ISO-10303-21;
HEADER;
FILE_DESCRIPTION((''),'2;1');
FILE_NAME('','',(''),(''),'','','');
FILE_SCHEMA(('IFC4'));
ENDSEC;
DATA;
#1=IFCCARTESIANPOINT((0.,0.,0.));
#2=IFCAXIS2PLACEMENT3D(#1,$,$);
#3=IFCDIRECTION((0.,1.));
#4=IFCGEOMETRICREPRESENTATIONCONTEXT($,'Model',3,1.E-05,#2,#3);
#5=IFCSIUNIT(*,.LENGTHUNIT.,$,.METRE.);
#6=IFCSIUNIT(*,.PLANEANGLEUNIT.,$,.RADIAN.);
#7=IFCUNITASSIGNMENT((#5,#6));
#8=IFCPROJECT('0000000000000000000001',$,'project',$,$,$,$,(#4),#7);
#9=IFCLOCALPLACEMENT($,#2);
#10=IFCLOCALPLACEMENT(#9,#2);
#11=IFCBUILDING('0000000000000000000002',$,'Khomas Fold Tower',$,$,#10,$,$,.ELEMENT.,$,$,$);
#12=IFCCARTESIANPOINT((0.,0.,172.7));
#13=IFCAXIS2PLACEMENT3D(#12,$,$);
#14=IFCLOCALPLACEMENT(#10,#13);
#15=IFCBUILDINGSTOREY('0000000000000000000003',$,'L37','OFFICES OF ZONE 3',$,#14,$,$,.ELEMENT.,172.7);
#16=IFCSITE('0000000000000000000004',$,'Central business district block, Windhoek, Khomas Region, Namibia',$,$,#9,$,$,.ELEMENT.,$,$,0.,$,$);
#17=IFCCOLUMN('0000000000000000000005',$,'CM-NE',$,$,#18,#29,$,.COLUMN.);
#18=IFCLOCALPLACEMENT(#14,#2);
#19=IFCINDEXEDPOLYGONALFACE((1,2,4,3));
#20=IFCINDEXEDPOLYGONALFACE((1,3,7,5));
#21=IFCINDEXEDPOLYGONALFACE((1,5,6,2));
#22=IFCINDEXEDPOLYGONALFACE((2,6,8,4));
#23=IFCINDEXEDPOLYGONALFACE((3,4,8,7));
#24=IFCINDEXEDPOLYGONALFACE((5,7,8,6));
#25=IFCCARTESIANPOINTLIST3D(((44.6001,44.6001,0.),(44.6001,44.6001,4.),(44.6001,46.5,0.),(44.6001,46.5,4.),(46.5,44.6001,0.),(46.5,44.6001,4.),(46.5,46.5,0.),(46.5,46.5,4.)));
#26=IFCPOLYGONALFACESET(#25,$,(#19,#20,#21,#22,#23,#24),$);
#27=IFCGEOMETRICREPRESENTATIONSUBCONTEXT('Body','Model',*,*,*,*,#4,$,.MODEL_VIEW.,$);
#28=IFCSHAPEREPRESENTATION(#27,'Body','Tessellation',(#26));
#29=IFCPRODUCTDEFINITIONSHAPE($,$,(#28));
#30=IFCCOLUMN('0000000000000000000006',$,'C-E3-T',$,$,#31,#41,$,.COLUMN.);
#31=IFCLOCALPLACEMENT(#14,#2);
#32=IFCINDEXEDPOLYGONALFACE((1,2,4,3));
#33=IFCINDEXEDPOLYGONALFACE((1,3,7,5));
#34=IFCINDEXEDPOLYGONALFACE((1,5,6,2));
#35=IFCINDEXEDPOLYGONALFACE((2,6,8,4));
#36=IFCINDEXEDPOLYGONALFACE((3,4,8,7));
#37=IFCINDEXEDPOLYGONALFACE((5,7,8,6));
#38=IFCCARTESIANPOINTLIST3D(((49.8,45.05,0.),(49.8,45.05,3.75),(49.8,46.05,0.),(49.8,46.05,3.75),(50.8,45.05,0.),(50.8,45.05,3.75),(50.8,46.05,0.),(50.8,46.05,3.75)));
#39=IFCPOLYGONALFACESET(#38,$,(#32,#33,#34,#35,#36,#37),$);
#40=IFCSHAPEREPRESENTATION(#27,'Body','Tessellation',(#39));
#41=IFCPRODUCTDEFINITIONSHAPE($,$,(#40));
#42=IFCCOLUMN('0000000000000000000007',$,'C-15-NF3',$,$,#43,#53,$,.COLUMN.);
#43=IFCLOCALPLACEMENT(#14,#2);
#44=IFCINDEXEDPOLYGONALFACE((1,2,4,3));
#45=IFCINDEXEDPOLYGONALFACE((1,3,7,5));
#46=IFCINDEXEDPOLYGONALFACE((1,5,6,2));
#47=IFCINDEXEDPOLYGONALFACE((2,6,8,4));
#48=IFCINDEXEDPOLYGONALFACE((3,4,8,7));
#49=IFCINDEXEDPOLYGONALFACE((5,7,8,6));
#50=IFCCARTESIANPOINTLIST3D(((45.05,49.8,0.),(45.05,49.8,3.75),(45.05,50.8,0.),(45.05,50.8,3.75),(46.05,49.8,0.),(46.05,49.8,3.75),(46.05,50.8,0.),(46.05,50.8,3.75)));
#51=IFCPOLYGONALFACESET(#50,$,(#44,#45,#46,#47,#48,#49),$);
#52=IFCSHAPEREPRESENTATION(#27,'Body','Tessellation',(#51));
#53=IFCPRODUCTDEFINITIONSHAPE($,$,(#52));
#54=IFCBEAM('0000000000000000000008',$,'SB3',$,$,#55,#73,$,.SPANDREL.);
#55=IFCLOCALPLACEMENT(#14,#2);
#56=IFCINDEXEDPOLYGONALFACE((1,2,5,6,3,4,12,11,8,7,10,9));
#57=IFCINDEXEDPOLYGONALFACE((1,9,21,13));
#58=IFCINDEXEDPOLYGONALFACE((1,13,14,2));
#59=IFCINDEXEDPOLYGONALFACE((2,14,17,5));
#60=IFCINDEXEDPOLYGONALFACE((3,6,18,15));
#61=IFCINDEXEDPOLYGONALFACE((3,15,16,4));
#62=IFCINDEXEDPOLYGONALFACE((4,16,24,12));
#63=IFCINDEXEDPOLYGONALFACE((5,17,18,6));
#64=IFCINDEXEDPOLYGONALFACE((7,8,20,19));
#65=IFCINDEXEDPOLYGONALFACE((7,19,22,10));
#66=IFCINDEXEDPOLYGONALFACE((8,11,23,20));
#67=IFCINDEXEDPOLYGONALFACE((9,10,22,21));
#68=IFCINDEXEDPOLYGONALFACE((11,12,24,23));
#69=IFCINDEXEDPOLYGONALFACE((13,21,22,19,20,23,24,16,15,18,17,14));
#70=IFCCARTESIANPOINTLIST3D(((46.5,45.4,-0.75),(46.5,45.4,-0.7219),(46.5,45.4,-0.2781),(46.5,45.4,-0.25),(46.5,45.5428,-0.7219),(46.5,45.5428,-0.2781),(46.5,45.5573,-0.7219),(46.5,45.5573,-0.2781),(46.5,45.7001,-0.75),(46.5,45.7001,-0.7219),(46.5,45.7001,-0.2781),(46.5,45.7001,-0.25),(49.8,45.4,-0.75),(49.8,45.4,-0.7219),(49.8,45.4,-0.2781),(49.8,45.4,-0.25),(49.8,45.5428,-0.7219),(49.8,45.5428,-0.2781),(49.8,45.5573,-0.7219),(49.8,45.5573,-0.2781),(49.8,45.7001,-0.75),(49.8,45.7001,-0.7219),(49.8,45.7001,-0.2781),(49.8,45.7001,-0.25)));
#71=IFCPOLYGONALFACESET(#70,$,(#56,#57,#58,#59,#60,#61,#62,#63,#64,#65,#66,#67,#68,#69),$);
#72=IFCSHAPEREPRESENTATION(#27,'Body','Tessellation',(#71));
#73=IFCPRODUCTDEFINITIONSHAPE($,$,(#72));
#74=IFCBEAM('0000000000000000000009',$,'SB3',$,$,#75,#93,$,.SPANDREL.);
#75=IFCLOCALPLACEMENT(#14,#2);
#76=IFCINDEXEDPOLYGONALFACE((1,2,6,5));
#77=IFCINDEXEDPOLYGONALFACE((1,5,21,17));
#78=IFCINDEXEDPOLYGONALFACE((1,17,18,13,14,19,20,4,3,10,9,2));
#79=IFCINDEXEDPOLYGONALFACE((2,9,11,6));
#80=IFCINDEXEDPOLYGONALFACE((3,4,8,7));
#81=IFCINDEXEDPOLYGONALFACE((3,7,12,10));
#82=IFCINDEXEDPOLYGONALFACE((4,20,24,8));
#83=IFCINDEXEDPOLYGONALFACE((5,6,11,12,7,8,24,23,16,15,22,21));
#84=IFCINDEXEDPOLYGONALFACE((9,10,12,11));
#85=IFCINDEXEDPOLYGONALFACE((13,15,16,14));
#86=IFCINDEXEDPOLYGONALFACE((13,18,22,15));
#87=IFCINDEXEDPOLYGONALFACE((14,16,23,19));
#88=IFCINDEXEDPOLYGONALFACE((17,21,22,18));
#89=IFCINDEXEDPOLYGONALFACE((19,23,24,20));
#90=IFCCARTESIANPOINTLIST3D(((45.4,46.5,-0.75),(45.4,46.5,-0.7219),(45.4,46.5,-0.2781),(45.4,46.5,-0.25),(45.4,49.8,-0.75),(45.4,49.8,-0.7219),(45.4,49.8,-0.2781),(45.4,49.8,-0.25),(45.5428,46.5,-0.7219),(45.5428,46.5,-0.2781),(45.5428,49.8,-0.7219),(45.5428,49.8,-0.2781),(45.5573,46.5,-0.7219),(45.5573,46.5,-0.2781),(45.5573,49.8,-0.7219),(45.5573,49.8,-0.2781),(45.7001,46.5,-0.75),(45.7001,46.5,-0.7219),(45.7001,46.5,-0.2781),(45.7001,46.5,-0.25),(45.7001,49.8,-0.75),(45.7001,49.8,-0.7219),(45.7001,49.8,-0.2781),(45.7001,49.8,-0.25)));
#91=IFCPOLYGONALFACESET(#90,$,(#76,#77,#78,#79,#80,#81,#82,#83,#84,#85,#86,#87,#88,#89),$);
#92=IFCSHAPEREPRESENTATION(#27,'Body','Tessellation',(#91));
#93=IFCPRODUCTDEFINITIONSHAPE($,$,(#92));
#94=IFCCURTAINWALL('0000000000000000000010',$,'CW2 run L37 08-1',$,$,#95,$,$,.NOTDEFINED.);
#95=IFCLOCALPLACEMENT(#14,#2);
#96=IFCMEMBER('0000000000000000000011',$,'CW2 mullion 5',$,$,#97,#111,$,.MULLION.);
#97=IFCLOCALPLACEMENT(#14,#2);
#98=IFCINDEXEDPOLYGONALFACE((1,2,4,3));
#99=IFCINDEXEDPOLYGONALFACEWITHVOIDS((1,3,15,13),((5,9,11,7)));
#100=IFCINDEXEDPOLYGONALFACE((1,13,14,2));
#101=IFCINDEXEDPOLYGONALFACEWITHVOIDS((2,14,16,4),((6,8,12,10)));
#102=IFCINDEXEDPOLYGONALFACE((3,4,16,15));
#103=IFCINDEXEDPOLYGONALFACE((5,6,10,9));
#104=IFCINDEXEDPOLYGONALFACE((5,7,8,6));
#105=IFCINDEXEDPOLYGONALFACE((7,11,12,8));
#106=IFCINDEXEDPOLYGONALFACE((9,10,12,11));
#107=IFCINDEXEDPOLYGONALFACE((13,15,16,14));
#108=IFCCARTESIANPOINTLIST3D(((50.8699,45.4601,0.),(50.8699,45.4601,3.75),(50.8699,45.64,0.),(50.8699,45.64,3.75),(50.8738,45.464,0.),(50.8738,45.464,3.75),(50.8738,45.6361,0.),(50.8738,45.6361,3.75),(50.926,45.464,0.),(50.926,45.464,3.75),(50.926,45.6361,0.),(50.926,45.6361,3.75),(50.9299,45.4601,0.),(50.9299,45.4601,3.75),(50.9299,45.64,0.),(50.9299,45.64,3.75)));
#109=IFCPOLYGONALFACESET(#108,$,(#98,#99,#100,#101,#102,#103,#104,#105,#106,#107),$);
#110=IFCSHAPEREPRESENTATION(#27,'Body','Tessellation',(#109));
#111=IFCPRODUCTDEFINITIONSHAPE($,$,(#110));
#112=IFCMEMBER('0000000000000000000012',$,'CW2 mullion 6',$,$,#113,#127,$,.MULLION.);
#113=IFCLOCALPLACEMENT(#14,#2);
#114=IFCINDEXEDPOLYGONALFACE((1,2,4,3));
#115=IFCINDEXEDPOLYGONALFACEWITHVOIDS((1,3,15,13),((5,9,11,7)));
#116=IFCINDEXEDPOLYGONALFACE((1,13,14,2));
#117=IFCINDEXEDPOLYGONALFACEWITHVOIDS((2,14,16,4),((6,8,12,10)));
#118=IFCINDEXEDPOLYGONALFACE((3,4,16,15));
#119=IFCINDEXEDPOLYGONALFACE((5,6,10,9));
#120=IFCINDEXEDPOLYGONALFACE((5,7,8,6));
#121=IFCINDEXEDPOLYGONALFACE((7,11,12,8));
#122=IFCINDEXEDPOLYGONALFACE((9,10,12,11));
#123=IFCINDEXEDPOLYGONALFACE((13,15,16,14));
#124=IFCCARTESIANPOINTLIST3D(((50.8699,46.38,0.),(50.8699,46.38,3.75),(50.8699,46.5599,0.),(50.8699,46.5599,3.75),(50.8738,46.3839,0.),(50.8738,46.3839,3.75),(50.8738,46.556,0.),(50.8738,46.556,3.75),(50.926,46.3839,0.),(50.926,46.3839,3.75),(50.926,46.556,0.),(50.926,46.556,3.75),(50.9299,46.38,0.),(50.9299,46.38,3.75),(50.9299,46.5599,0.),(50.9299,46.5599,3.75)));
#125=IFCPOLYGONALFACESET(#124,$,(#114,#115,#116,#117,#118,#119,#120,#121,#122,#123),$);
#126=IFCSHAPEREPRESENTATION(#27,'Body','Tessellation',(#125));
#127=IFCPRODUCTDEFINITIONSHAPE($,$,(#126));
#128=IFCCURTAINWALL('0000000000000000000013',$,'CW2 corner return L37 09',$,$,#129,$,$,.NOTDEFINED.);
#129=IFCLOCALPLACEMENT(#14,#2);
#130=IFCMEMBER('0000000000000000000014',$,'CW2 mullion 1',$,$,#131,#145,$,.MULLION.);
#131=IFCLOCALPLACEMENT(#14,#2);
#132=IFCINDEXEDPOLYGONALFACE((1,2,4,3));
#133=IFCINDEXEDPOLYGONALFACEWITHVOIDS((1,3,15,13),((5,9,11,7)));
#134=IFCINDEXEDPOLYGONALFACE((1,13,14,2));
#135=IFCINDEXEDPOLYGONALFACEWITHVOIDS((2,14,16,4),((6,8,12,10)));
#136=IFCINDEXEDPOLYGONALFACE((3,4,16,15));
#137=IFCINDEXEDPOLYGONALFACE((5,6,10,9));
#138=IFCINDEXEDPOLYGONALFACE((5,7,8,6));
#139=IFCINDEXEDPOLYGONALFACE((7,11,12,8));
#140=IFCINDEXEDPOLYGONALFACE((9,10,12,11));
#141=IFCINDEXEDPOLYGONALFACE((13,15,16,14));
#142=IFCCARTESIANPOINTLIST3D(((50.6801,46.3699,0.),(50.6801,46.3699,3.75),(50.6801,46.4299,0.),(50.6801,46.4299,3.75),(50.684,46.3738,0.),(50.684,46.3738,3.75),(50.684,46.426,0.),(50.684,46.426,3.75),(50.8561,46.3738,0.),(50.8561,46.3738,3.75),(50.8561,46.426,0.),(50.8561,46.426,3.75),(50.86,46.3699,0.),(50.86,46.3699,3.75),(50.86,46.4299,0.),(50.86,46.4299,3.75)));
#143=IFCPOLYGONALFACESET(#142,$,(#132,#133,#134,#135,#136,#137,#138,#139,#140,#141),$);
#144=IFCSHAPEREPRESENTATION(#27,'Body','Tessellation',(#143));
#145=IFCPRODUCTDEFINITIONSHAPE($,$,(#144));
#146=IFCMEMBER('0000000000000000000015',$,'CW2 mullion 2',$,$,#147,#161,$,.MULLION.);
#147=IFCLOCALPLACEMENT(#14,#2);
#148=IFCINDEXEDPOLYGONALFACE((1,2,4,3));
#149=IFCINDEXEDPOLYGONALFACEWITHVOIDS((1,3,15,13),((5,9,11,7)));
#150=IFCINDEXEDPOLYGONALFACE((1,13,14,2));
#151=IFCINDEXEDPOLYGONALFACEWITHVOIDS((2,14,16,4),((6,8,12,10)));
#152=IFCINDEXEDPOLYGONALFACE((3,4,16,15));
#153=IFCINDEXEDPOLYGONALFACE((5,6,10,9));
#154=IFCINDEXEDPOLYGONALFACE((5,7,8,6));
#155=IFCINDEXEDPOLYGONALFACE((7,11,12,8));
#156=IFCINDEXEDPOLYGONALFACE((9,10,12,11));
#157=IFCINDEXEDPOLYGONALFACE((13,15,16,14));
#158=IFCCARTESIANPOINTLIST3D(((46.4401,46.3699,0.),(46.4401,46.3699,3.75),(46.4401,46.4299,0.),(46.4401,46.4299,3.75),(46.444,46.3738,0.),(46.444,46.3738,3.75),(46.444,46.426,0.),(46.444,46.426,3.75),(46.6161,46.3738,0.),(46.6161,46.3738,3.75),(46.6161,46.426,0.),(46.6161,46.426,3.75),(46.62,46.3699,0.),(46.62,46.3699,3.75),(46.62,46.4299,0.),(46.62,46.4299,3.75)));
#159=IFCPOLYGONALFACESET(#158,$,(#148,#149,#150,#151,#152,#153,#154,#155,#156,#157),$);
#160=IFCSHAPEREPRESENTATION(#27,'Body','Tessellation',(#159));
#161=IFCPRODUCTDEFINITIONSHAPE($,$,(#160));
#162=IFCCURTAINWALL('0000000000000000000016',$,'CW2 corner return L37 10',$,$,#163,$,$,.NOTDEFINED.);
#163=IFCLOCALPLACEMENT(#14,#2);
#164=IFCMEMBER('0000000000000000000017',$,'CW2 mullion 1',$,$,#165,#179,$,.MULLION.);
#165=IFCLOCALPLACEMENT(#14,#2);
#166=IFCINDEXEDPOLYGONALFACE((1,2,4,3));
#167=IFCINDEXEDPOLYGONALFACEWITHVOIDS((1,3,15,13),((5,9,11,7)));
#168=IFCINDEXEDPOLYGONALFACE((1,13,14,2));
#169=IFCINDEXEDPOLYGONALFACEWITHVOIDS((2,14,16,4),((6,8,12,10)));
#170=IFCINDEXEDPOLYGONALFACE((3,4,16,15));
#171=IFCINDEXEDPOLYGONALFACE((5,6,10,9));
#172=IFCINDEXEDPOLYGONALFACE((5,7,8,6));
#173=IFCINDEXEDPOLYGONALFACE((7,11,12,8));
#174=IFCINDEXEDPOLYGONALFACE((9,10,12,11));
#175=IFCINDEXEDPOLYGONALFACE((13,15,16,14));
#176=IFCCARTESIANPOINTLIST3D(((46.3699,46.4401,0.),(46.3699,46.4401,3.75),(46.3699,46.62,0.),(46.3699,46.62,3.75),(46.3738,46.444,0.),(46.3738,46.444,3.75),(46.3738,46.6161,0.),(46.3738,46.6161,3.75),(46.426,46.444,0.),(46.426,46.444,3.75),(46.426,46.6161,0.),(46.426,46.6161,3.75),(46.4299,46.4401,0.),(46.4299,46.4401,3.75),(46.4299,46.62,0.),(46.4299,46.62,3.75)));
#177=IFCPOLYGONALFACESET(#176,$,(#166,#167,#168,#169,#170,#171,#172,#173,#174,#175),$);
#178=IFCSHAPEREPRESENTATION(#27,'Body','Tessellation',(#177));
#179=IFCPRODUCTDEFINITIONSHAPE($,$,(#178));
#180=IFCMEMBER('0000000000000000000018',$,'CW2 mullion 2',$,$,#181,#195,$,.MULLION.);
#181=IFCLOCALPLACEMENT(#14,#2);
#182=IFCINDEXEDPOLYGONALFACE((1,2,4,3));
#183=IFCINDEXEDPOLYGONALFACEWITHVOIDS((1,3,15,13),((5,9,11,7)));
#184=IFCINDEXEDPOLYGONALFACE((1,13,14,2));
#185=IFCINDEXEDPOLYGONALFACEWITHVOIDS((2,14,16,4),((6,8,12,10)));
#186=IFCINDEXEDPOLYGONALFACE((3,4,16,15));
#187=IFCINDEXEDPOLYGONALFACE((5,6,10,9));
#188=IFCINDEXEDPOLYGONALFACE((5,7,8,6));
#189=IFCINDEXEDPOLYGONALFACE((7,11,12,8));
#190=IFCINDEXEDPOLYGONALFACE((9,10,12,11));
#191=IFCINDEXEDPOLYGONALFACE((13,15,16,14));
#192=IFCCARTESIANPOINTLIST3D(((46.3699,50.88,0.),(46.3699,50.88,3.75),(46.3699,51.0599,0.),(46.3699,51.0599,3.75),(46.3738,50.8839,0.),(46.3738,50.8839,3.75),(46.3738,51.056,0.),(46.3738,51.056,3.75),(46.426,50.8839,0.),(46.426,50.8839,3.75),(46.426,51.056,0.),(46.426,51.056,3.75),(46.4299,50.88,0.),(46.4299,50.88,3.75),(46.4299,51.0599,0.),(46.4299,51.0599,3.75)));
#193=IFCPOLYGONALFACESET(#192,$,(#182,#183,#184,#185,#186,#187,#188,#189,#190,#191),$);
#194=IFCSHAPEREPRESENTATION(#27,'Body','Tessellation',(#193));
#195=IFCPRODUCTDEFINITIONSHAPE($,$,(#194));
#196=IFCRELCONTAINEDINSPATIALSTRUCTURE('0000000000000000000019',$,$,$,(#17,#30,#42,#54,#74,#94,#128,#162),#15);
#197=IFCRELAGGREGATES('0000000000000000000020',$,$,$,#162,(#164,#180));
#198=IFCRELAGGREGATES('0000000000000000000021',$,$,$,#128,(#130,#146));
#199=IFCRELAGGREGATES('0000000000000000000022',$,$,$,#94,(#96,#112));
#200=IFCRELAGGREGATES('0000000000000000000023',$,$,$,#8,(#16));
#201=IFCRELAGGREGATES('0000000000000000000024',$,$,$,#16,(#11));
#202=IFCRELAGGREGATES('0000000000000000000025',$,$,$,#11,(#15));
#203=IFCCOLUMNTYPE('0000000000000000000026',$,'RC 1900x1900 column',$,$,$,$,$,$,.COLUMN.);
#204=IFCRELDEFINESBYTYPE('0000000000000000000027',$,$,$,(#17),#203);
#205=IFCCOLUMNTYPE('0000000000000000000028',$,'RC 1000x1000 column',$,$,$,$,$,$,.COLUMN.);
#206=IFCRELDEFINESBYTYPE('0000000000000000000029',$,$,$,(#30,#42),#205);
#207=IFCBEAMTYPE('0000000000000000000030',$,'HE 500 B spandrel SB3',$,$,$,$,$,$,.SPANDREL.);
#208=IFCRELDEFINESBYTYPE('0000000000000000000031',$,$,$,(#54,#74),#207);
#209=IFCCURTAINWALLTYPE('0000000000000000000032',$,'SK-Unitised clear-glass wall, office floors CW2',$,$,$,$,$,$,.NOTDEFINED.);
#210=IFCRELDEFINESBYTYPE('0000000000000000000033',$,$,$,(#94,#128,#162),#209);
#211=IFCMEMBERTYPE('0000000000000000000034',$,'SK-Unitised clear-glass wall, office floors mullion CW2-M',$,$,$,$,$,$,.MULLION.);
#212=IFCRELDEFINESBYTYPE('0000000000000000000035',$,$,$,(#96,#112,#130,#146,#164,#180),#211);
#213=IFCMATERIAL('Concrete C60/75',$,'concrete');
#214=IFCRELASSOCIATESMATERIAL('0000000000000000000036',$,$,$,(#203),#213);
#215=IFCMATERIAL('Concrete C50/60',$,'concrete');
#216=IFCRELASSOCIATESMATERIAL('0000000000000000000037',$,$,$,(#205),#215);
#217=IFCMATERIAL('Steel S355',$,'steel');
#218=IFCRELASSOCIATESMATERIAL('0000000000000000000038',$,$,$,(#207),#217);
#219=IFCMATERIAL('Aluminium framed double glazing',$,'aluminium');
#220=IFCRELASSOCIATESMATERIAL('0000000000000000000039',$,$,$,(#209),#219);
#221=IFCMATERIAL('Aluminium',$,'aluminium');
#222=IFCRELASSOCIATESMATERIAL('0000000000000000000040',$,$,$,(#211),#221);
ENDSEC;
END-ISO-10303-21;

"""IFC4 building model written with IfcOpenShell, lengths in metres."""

from ifc_helpers import new_model, si_unit, direction, frame, origin, origin_2d, place, context, subcontext, project, spatial, rectangle, hollow_rectangle, i_section, extrude, source, transform, mapped, material, material_profile, profile_set, type_object, element, aggregate, save


model = new_model("IFC4")

# Units and contexts
model_context = context("Model", 3, precision=1e-05, world=origin(), true_north=direction((0.0, 1.0)))
body_context = subcontext(model_context, "Body", "Model", "MODEL_VIEW")
ifc_project = project(units=[si_unit("LENGTHUNIT", "METRE"), si_unit("PLANEANGLEUNIT", "RADIAN")], contexts=[model_context])

# Site, building, storey
site_placement = place(None, origin())
site = spatial("IfcSite", under=ifc_project, at=site_placement, Name="Central business district block, Windhoek, Khomas Region, Namibia", CompositionType="ELEMENT", RefElevation=0.0)
building_placement = place(site_placement, origin())
building = spatial("IfcBuilding", under=site, at=building_placement, Name="Khomas Fold Tower", CompositionType="ELEMENT")
storey_placement = place(building_placement, frame((0.0, 0.0, 172.7)))
storey = spatial("IfcBuildingStorey", under=building, at=storey_placement, Name="L37", Description="OFFICES OF ZONE 3", CompositionType="ELEMENT", Elevation=172.7)

# Columns
ifc_material_1 = material(Name="Concrete C60/75", Category="concrete")
ifc_material_profile_1 = material_profile(ifc_material_1, rectangle(XDim=1.8999, YDim=1.8999, at=origin_2d()), Name="RC 1900x1900")
ifc_profile_set_1 = profile_set([ifc_material_profile_1], Name="Concrete C60/75")
column_type_1 = type_object("IfcColumnType", Name="RC 1900x1900 column", PredefinedType="COLUMN", material=ifc_profile_set_1)
shared_shape_1 = source(origin(), body_context, "Body", "SweptSolid", [
    extrude(rectangle(XDim=1.8999, YDim=1.8999, at=origin_2d()), origin(), (0.0, 0.0, 1.0), 4.0),
])
column_placement = place(storey_placement, frame((45.55, 45.55, 0.0), z_axis=(0.0, 0.0, 1.0), x_axis=(1.0, 0.0, 0.0)))
element("IfcColumn", 1, at=column_placement, inside=storey, type_object=column_type_1, Name="CM-NE", PredefinedType="COLUMN", context=body_context, shape_type="MappedRepresentation", body=[
    mapped(shared_shape_1, transform((0.0, 0.0, 0.0))),
])
ifc_material_2 = material(Name="Concrete C50/60", Category="concrete")
ifc_material_profile_2 = material_profile(ifc_material_2, rectangle(XDim=1.0, YDim=1.0, at=origin_2d()), Name="RC 1000x1000")
ifc_profile_set_2 = profile_set([ifc_material_profile_2], Name="Concrete C50/60")
column_type_2 = type_object("IfcColumnType", Name="RC 1000x1000 column", PredefinedType="COLUMN", material=ifc_profile_set_2)
shared_shape_2 = source(origin(), body_context, "Body", "SweptSolid", [
    extrude(rectangle(XDim=1.0, YDim=1.0, at=origin_2d()), origin(), (0.0, 0.0, 1.0), 3.75),
])
for number, where, z_axis, x_axis, name in (
    (2, (50.3, 45.55, 0.0), (0.0, 0.0, 1.0), (1.0, 0.0, 0.0), "C-E3-T"),
    (3, (45.55, 50.3, 0.0), (0.0, 0.0, 1.0), (1.0, 0.0, 0.0), "C-15-NF3"),
):
    element("IfcColumn", number, at=place(storey_placement, frame(where, z_axis=z_axis, x_axis=x_axis)), inside=storey, type_object=column_type_2, Name=name, PredefinedType="COLUMN", context=body_context, shape_type="MappedRepresentation", body=[
        mapped(shared_shape_2, transform((0.0, 0.0, 0.0))),
    ])

# Beams
ifc_material_3 = material(Name="Steel S355", Category="steel")
ifc_material_profile_3 = material_profile(ifc_material_3, i_section(OverallWidth=0.3, OverallDepth=0.5, WebThickness=0.0144, FlangeThickness=0.0281, at=origin_2d()), Name="HE 500 B")
ifc_profile_set_3 = profile_set([ifc_material_profile_3], Name="Steel S355")
beam_type = type_object("IfcBeamType", Name="HE 500 B spandrel SB3", PredefinedType="SPANDREL", material=ifc_profile_set_3)
shared_shape_3 = source(origin(), body_context, "Body", "SweptSolid", [
    extrude(i_section(OverallWidth=0.3, OverallDepth=0.5, WebThickness=0.0144, FlangeThickness=0.0281, at=origin_2d()), origin(), (0.0, 0.0, 1.0), 3.3),
])
for number, where, z_axis, x_axis, name in (
    (4, (46.5, 45.55, -0.5), (1.0, 0.0, 0.0), (0.0, 1.0, 0.0), "SB3"),
    (5, (45.55, 46.5, -0.5), (0.0, 1.0, 0.0), (-1.0, 0.0, 0.0), "SB3"),
):
    element("IfcBeam", number, at=place(storey_placement, frame(where, z_axis=z_axis, x_axis=x_axis)), inside=storey, type_object=beam_type, Name=name, PredefinedType="SPANDREL", context=body_context, shape_type="MappedRepresentation", body=[
        mapped(shared_shape_3, transform((0.0, 0.0, 0.0))),
    ])

# Curtain walls, members
ifc_material_4 = material(Name="Aluminium framed double glazing", Category="aluminium")
curtain_wall_type_1 = type_object("IfcCurtainWallType", Name="SK-Unitised clear-glass wall, office floors CW2", PredefinedType="NOTDEFINED", material=ifc_material_4)
curtain_wall_1_placement = place(storey_placement, origin())
curtain_wall_1 = element("IfcCurtainWall", 6, at=curtain_wall_1_placement, inside=storey, type_object=curtain_wall_type_1, Name="CW2 run L37 08-1", PredefinedType="NOTDEFINED")
ifc_material_5 = material(Name="Aluminium", Category="aluminium")
ifc_material_profile_4 = material_profile(ifc_material_5, hollow_rectangle(XDim=0.0601, YDim=0.1799, WallThickness=0.0039, at=origin_2d()), Name="SK-Unitised clear-glass wall, office floors mullion CW2-M")
ifc_profile_set_4 = profile_set([ifc_material_profile_4], Name="Aluminium")
member_type_1 = type_object("IfcMemberType", Name="SK-Unitised clear-glass wall, office floors mullion CW2-M", PredefinedType="MULLION", material=ifc_profile_set_4)
shared_shape_4 = source(origin(), body_context, "Body", "SweptSolid", [
    extrude(hollow_rectangle(XDim=0.0601, YDim=0.1799, WallThickness=0.0039, at=origin_2d()), origin(), (0.0, 0.0, 1.0), 3.75),
])
member_1_placement = place(storey_placement, frame((50.8999, 45.55, 0.0), z_axis=(0.0, 0.0, 1.0), x_axis=(-1.0, 0.0, 0.0)))
member_1 = element("IfcMember", 7, at=member_1_placement, type_object=member_type_1, Name="CW2 mullion 5", PredefinedType="MULLION", context=body_context, shape_type="MappedRepresentation", body=[
    mapped(shared_shape_4, transform((0.0, 0.0, 0.0))),
])
member_2_placement = place(storey_placement, frame((50.8999, 46.47, 0.0), z_axis=(0.0, 0.0, 1.0), x_axis=(-1.0, 0.0, 0.0)))
member_2 = element("IfcMember", 8, at=member_2_placement, type_object=member_type_1, Name="CW2 mullion 6", PredefinedType="MULLION", context=body_context, shape_type="MappedRepresentation", body=[
    mapped(shared_shape_4, transform((0.0, 0.0, 0.0))),
])
curtain_wall_2_placement = place(storey_placement, origin())
curtain_wall_2 = element("IfcCurtainWall", 9, at=curtain_wall_2_placement, inside=storey, type_object=curtain_wall_type_1, Name="CW2 corner return L37 09", PredefinedType="NOTDEFINED")
member_3_placement = place(storey_placement, frame((50.77, 46.3999, 0.0), z_axis=(0.0, 0.0, 1.0), x_axis=(0.0, -1.0, 0.0)))
member_3 = element("IfcMember", 10, at=member_3_placement, type_object=member_type_1, Name="CW2 mullion 1", PredefinedType="MULLION", context=body_context, shape_type="MappedRepresentation", body=[
    mapped(shared_shape_4, transform((0.0, 0.0, 0.0))),
])
member_4_placement = place(storey_placement, frame((46.53, 46.3999, 0.0), z_axis=(0.0, 0.0, 1.0), x_axis=(0.0, -1.0, 0.0)))
member_4 = element("IfcMember", 11, at=member_4_placement, type_object=member_type_1, Name="CW2 mullion 2", PredefinedType="MULLION", context=body_context, shape_type="MappedRepresentation", body=[
    mapped(shared_shape_4, transform((0.0, 0.0, 0.0))),
])
curtain_wall_3_placement = place(storey_placement, origin())
curtain_wall_3 = element("IfcCurtainWall", 12, at=curtain_wall_3_placement, inside=storey, type_object=curtain_wall_type_1, Name="CW2 corner return L37 10", PredefinedType="NOTDEFINED")
member_5_placement = place(storey_placement, frame((46.3999, 46.53, 0.0), z_axis=(0.0, 0.0, 1.0), x_axis=(-1.0, 0.0, 0.0)))
member_5 = element("IfcMember", 13, at=member_5_placement, type_object=member_type_1, Name="CW2 mullion 1", PredefinedType="MULLION", context=body_context, shape_type="MappedRepresentation", body=[
    mapped(shared_shape_4, transform((0.0, 0.0, 0.0))),
])
member_6_placement = place(storey_placement, frame((46.3999, 50.97, 0.0), z_axis=(0.0, 0.0, 1.0), x_axis=(-1.0, 0.0, 0.0)))
member_6 = element("IfcMember", 14, at=member_6_placement, type_object=member_type_1, Name="CW2 mullion 2", PredefinedType="MULLION", context=body_context, shape_type="MappedRepresentation", body=[
    mapped(shared_shape_4, transform((0.0, 0.0, 0.0))),
])

aggregate(curtain_wall_3, [member_5, member_6])
aggregate(curtain_wall_2, [member_3, member_4])
aggregate(curtain_wall_1, [member_1, member_2])

save(model, "model.ifc")
